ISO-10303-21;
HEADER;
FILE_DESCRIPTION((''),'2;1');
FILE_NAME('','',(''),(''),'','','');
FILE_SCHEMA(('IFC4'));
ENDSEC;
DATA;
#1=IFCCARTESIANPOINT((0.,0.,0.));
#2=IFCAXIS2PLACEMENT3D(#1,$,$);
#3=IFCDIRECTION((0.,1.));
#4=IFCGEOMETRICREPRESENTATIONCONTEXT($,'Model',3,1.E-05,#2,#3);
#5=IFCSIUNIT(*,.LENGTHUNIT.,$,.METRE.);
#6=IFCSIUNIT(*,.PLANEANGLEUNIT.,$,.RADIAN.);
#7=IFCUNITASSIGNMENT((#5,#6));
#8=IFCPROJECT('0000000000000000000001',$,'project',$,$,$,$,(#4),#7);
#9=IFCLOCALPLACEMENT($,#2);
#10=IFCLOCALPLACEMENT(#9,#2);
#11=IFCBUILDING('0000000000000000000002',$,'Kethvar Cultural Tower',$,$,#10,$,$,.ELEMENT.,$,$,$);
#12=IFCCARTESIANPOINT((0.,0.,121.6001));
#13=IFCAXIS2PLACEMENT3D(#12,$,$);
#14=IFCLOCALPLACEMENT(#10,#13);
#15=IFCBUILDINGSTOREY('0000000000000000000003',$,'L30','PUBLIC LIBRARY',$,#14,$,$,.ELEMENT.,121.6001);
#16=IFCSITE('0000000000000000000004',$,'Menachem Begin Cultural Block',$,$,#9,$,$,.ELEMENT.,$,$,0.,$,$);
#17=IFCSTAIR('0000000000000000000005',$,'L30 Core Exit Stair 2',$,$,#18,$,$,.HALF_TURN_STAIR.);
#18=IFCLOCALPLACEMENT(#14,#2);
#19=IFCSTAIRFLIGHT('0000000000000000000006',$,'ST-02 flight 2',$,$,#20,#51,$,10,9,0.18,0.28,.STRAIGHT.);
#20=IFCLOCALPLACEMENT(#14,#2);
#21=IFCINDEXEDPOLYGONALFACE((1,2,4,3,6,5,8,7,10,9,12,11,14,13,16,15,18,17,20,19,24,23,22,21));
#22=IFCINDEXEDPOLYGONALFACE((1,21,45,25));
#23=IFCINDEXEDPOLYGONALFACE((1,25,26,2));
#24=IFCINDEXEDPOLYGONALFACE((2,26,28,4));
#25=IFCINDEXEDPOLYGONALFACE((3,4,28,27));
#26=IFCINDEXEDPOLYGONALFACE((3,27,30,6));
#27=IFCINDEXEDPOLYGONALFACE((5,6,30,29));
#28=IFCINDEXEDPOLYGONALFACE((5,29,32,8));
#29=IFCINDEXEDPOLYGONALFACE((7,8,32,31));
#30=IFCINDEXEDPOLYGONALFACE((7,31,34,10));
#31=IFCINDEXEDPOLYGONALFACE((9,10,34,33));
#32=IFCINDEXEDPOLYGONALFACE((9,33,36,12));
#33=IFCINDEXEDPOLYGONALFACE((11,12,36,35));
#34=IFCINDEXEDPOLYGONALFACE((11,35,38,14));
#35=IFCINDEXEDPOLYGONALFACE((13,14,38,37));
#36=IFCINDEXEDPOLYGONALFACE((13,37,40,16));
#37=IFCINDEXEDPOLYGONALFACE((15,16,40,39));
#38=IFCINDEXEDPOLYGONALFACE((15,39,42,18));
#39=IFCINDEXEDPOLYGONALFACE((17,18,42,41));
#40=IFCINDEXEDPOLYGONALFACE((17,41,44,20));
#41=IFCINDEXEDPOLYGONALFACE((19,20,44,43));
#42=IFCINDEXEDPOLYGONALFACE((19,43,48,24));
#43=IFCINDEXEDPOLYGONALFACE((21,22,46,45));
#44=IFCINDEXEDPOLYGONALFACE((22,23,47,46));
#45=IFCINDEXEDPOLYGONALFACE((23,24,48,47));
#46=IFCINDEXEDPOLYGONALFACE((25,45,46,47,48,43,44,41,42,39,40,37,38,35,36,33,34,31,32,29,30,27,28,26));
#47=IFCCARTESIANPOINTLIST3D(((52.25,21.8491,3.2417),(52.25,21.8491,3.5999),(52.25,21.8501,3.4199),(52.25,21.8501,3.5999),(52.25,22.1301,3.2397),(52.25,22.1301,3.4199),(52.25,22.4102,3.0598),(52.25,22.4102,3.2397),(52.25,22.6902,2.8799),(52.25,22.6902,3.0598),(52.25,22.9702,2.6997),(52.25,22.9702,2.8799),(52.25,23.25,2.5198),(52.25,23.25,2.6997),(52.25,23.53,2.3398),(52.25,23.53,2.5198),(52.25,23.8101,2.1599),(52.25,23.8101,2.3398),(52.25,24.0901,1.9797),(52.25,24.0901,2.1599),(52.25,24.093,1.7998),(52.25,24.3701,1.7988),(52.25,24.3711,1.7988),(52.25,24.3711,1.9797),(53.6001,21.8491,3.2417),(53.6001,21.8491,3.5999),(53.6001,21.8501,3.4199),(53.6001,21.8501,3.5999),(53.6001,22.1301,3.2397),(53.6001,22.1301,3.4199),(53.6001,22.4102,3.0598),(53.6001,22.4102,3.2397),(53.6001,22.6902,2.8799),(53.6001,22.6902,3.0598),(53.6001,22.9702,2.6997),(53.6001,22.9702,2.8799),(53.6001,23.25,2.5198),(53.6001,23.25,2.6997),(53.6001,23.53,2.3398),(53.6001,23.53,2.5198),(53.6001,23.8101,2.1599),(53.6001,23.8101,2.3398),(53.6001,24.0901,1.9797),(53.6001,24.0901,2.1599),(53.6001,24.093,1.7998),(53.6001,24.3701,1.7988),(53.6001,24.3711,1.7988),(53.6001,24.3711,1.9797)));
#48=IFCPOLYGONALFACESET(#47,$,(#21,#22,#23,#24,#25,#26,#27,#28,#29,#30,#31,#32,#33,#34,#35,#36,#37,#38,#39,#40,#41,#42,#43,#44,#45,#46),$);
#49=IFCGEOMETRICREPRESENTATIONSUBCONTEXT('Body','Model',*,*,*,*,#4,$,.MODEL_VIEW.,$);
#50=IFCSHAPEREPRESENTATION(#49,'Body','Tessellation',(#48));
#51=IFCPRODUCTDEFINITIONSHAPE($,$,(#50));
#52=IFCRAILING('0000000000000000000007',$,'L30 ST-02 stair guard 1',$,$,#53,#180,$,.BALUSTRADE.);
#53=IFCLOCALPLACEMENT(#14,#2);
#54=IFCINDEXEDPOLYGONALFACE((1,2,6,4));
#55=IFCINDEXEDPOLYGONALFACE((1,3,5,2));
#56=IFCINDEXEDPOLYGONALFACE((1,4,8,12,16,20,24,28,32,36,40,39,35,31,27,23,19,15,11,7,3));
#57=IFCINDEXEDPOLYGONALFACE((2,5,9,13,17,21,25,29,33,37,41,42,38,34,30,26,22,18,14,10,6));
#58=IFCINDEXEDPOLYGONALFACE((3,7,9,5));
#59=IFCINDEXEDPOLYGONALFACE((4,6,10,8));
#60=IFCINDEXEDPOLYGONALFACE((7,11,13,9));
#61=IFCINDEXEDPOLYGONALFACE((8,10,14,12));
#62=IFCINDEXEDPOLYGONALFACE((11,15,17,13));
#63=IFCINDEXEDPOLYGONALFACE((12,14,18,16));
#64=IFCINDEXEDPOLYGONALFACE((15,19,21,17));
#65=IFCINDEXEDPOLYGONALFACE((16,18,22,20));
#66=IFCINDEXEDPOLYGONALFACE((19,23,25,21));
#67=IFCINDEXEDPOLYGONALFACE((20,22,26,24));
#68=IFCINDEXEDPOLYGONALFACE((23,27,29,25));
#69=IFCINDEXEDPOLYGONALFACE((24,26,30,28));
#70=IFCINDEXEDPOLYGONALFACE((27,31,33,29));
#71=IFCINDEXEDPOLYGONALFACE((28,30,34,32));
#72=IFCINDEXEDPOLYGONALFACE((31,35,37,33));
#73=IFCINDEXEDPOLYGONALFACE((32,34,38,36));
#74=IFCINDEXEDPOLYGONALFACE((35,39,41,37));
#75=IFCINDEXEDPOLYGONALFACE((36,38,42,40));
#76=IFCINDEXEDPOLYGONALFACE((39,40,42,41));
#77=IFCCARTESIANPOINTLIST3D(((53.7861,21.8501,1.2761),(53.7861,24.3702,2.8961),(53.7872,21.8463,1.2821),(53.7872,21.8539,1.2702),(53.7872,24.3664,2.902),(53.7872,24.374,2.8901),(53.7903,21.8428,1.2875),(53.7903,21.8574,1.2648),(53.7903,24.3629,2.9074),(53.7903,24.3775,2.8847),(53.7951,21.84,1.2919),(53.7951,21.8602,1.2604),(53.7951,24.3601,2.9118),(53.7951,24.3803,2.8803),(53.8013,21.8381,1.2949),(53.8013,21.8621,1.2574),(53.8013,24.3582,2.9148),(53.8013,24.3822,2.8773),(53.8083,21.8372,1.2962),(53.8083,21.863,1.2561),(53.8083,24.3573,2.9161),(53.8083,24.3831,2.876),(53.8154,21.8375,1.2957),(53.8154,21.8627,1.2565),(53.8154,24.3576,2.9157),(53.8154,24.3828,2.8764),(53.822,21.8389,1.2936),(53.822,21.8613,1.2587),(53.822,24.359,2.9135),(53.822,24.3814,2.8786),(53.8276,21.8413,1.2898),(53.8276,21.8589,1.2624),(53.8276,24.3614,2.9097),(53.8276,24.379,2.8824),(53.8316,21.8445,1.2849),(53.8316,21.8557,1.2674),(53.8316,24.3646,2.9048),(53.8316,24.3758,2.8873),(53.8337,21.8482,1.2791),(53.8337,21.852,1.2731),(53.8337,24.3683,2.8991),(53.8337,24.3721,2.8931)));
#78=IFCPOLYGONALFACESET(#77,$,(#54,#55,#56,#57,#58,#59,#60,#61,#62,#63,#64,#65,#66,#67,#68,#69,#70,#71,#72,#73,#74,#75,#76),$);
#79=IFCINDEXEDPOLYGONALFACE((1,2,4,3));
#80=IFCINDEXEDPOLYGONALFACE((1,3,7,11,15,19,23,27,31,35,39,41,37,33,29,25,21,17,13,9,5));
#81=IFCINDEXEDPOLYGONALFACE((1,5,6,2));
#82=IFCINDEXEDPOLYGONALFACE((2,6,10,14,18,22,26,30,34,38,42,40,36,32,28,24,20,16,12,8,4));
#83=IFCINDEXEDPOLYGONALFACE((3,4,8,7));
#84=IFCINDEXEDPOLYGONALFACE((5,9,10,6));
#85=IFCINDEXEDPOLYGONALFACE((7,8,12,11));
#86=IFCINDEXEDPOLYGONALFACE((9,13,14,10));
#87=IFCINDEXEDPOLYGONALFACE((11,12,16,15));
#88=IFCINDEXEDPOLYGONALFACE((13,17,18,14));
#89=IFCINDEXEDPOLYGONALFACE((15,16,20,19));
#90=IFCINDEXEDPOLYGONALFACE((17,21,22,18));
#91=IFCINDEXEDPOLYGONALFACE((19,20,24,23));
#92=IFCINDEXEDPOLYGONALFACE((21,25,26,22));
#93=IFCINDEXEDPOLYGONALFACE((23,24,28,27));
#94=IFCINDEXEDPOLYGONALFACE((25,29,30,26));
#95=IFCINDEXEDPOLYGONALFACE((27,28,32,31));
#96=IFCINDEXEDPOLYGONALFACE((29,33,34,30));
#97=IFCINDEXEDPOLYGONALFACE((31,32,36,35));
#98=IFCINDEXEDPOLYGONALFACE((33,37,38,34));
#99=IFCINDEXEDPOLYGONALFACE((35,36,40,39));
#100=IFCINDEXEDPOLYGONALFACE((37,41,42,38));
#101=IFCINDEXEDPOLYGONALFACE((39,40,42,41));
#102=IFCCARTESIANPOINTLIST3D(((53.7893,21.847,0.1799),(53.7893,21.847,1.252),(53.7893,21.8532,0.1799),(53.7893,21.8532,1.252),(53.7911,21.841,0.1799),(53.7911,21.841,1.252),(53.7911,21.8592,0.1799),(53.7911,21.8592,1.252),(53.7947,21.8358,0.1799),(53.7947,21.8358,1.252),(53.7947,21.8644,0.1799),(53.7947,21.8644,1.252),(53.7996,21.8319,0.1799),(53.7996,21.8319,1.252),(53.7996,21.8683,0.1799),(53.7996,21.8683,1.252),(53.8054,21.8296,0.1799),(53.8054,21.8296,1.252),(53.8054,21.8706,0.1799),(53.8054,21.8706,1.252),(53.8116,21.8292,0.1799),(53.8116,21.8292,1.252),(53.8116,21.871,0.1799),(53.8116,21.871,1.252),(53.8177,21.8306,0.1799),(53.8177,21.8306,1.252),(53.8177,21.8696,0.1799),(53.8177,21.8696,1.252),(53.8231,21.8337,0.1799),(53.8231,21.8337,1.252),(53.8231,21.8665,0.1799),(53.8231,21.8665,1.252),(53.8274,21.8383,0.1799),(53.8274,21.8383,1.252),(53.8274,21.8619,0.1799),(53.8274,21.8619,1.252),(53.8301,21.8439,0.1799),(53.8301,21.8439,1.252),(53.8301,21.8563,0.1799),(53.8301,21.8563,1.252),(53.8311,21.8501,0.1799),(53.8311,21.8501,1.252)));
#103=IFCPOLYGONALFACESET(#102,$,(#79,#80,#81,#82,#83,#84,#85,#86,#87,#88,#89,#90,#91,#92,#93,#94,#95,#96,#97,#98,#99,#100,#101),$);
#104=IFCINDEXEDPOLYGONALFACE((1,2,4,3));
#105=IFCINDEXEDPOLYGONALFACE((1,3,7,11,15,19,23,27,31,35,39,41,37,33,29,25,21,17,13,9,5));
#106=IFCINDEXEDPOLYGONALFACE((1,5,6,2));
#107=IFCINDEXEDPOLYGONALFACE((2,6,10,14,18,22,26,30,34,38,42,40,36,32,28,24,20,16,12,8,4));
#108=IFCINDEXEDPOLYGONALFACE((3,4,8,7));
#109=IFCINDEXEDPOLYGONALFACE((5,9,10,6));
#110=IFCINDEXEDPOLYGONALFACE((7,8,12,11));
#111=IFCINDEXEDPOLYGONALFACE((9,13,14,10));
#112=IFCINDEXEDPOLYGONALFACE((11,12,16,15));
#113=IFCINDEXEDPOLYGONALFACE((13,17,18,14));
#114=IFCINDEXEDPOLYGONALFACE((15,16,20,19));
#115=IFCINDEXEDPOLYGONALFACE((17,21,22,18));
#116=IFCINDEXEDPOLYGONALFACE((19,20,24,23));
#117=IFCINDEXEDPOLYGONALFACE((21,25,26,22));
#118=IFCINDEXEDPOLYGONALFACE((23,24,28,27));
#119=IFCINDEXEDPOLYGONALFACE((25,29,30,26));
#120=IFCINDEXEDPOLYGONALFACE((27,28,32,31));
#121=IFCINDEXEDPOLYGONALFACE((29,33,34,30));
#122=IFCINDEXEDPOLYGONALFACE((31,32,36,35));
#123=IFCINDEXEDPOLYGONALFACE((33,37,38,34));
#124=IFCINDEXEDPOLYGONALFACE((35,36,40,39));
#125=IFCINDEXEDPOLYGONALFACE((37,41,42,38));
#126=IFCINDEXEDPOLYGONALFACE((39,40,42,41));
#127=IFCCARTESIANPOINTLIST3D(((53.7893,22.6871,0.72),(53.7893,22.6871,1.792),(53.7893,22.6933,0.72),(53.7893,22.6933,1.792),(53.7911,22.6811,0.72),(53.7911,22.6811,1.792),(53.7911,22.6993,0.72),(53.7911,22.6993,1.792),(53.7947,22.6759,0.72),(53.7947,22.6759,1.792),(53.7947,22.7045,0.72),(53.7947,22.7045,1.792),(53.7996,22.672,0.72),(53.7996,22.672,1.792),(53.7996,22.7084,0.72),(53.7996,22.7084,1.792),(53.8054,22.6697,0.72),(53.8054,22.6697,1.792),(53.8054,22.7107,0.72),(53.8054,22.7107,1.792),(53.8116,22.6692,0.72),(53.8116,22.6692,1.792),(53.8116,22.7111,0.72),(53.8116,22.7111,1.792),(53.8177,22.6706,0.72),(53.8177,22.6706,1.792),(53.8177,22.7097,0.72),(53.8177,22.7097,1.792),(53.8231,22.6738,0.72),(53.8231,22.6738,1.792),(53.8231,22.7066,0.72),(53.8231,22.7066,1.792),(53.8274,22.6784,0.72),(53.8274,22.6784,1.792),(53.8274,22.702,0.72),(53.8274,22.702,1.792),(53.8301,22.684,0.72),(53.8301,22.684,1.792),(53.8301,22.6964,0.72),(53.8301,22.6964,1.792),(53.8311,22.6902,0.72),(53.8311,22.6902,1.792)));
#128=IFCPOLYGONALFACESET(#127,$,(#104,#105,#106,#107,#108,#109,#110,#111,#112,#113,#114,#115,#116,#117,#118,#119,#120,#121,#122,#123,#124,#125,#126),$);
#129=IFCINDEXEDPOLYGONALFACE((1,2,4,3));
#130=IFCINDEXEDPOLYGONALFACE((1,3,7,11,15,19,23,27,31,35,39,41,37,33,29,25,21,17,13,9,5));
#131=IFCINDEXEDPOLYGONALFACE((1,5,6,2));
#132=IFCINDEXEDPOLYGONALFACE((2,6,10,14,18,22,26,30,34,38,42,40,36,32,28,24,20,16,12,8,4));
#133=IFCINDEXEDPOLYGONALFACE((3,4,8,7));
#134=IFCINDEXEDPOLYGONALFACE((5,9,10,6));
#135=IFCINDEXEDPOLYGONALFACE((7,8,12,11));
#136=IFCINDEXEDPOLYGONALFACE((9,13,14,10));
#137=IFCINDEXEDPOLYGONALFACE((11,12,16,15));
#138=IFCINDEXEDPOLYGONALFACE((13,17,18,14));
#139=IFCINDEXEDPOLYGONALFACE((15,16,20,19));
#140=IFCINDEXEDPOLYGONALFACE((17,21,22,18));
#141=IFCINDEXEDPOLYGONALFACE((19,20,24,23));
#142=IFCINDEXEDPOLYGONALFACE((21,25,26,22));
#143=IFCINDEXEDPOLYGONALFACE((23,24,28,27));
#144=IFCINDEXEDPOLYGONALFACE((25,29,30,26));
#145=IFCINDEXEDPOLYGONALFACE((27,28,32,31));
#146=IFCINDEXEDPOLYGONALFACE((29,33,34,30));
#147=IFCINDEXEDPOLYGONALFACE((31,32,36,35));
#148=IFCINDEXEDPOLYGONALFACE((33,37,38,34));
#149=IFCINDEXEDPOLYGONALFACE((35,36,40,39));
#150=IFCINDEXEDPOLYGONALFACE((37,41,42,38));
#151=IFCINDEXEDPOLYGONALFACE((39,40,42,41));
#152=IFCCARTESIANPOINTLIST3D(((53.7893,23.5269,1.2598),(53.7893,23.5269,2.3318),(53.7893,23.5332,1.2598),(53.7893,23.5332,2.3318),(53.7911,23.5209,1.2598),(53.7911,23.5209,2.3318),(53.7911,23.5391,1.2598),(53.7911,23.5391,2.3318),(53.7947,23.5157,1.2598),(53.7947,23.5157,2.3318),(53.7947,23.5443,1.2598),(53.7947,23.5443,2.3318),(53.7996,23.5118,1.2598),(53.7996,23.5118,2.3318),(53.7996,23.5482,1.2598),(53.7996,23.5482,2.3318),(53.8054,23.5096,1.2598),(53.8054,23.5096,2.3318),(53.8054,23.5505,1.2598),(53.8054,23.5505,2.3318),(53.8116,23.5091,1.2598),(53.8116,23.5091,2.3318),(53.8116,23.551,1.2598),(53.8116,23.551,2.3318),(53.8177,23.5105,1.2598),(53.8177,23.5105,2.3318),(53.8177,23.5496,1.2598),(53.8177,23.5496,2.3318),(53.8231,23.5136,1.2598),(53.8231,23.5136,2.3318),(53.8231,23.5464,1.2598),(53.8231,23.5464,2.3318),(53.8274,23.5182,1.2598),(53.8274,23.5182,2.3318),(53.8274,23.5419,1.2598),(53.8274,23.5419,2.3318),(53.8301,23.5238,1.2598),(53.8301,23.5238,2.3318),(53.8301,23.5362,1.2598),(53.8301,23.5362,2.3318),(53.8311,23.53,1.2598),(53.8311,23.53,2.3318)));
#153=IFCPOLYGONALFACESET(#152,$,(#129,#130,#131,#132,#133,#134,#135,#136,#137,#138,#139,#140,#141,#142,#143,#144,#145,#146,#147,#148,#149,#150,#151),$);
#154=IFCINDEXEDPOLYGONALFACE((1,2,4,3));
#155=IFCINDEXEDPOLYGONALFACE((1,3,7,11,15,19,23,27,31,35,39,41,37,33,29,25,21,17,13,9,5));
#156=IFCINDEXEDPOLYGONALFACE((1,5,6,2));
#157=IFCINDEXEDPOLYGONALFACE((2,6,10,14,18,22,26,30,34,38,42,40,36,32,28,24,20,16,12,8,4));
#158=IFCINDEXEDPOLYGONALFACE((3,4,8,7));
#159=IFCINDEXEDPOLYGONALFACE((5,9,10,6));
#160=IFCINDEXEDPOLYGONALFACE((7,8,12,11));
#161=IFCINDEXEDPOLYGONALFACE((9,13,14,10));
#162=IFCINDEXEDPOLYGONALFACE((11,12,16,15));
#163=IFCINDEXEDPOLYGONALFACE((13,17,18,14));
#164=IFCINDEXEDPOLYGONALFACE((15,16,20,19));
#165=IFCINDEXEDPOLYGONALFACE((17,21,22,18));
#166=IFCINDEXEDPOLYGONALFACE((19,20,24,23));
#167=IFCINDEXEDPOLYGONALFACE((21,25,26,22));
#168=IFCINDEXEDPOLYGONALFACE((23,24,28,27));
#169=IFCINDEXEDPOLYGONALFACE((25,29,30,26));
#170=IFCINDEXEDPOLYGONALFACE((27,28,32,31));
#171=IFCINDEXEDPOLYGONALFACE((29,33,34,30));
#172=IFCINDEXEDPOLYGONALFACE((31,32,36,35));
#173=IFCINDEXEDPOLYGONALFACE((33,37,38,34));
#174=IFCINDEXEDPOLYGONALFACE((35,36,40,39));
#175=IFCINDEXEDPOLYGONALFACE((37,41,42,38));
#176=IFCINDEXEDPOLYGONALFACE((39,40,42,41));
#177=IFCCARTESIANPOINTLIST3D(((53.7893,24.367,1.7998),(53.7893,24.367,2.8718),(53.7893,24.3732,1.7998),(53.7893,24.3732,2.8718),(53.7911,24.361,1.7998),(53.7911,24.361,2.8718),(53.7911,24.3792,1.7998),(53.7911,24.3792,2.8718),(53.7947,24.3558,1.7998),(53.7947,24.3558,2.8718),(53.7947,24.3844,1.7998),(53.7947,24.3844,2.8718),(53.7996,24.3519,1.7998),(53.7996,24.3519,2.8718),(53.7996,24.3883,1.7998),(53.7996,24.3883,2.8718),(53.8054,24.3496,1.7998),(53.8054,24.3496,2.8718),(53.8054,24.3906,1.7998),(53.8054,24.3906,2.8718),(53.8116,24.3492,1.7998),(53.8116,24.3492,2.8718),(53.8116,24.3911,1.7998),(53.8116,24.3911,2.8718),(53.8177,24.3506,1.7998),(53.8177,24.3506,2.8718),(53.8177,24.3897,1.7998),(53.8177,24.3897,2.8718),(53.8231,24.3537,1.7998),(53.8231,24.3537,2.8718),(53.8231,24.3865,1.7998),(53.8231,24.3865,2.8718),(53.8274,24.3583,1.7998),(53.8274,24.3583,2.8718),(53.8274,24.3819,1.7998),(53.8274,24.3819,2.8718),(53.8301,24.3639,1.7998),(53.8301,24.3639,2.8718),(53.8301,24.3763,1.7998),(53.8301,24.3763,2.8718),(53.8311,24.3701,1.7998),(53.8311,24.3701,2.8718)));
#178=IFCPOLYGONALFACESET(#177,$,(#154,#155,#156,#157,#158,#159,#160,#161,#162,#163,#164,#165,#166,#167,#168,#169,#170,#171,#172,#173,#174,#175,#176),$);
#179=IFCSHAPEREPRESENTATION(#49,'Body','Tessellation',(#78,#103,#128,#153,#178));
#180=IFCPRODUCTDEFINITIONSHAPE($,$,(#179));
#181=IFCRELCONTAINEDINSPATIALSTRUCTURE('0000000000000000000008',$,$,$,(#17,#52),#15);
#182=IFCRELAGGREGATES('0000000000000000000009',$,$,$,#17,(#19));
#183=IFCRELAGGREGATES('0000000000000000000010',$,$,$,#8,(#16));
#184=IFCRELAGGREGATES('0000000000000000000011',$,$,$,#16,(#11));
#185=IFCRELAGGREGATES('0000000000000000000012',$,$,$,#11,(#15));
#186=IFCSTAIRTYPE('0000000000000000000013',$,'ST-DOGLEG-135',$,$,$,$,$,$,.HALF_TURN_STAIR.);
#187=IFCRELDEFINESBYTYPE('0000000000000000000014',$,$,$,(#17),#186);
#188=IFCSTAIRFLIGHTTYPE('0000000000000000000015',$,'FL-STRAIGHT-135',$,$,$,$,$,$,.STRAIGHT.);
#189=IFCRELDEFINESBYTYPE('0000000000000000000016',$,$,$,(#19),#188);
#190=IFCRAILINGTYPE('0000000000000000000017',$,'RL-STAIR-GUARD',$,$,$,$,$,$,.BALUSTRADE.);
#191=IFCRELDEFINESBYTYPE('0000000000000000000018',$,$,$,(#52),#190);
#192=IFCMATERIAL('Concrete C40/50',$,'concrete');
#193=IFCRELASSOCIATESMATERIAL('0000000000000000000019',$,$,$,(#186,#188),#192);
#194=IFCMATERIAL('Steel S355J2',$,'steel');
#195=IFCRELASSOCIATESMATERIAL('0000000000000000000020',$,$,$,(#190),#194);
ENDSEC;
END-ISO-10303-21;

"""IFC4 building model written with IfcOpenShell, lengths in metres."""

from ifc_helpers import new_model, si_unit, direction, frame, origin, origin_2d, place, context, subcontext, project, spatial, polyline, circle, outline, extrude, material, type_object, element, aggregate, save


model = new_model("IFC4")

# Units and contexts
model_context = context("Model", 3, precision=1e-05, world=origin(), true_north=direction((0.0, 1.0)))
body_context = subcontext(model_context, "Body", "Model", "MODEL_VIEW")
ifc_project = project(units=[si_unit("LENGTHUNIT", "METRE"), si_unit("PLANEANGLEUNIT", "RADIAN")], contexts=[model_context])

# Site, building, storey
site_placement = place(None, origin())
site = spatial("IfcSite", under=ifc_project, at=site_placement, Name="Menachem Begin Cultural Block", CompositionType="ELEMENT", RefElevation=0.0)
building_placement = place(site_placement, origin())
building = spatial("IfcBuilding", under=site, at=building_placement, Name="Kethvar Cultural Tower", CompositionType="ELEMENT")
storey_placement = place(building_placement, frame((0.0, 0.0, 121.6001)))
storey = spatial("IfcBuildingStorey", under=building, at=storey_placement, Name="L30", Description="PUBLIC LIBRARY", CompositionType="ELEMENT", Elevation=121.6001)

# Shared definitions
ifc_material_1 = material(Name="Steel S355J2", Category="steel")

# Stair, stair flight
ifc_material_2 = material(Name="Concrete C40/50", Category="concrete")
stair_type = type_object("IfcStairType", Name="ST-DOGLEG-135", PredefinedType="HALF_TURN_STAIR", material=ifc_material_2)
stair_placement = place(storey_placement, origin())
stair = element("IfcStair", 1, at=stair_placement, inside=storey, type_object=stair_type, Name="L30 Core Exit Stair 2", PredefinedType="HALF_TURN_STAIR")
stair_flight_type = type_object("IfcStairFlightType", Name="FL-STRAIGHT-135", PredefinedType="STRAIGHT", material=ifc_material_2)
stair_flight_1_placement = place(storey_placement, frame((52.925, 24.3701, 1.7998), z_axis=(0.0, 0.0, 1.0), x_axis=(0.0, -1.0, 0.0)))
stair_flight_1 = element("IfcStairFlight", 2, at=stair_flight_1_placement, type_object=stair_flight_type, Name="ST-02 flight 2", NumberOfRisers=10, NumberOfTreads=9, PredefinedType="STRAIGHT", RiserHeight=0.18, TreadLength=0.28, context=body_context, shape_type="SweptSolid", body=[
    extrude(outline(polyline([(-0.001, -0.001), (-0.001, 0.1799), (0.28, 0.1799), (0.28, 0.3601), (0.5601, 0.3601), (0.5601, 0.54), (0.8401, 0.54), (0.8401, 0.72), (1.1201, 0.72), (1.1201, 0.8999), (1.3999, 0.8999), (1.3999, 1.0801), (1.6799, 1.0801), (1.6799, 1.26), (1.96, 1.26), (1.96, 1.4399), (2.24, 1.4399), (2.24, 1.6201), (2.52, 1.6201), (2.52, 1.8), (2.521, 1.8), (2.521, 1.4419), (0.2771, 0.0), (0.0, -0.001), (-0.001, -0.001)])), frame((0.0, 0.675, 0.0), z_axis=(0.0, -1.0, 0.0), x_axis=(1.0, 0.0, 0.0)), (0.0, 0.0, 1.0), 1.3501),
])
aggregate(stair, [stair_flight_1])

# Railing
railing_type_1 = type_object("IfcRailingType", Name="RL-STAIR-GUARD", PredefinedType="BALUSTRADE", material=ifc_material_1)
railing_1_placement = place(storey_placement, frame((53.8101, 21.8501, 0.1799)))
element("IfcRailing", 3, at=railing_1_placement, inside=storey, type_object=railing_type_1, Name="L30 ST-02 stair guard 1", PredefinedType="BALUSTRADE", context=body_context, shape_type="SweptSolid", body=[
    extrude(circle(Radius=0.0239, at=origin_2d()), frame((0.0, 0.0, 1.0962), z_axis=(0.0, 0.8412, 0.540725), x_axis=(-1.0, 0.0, 0.0)), (0.0, 0.0, 1.0), 2.9958),
    extrude(circle(Radius=0.021, at=origin_2d()), origin(), (0.0, 0.0, 1.0), 1.072),
    extrude(circle(Radius=0.021, at=origin_2d()), frame((0.0, 0.8401, 0.54)), (0.0, 0.0, 1.0), 1.072),
    extrude(circle(Radius=0.021, at=origin_2d()), frame((0.0, 1.6799, 1.0798)), (0.0, 0.0, 1.0), 1.072),
    extrude(circle(Radius=0.021, at=origin_2d()), frame((0.0, 2.52, 1.6199)), (0.0, 0.0, 1.0), 1.072),
])

save(model, "model.ifc")
